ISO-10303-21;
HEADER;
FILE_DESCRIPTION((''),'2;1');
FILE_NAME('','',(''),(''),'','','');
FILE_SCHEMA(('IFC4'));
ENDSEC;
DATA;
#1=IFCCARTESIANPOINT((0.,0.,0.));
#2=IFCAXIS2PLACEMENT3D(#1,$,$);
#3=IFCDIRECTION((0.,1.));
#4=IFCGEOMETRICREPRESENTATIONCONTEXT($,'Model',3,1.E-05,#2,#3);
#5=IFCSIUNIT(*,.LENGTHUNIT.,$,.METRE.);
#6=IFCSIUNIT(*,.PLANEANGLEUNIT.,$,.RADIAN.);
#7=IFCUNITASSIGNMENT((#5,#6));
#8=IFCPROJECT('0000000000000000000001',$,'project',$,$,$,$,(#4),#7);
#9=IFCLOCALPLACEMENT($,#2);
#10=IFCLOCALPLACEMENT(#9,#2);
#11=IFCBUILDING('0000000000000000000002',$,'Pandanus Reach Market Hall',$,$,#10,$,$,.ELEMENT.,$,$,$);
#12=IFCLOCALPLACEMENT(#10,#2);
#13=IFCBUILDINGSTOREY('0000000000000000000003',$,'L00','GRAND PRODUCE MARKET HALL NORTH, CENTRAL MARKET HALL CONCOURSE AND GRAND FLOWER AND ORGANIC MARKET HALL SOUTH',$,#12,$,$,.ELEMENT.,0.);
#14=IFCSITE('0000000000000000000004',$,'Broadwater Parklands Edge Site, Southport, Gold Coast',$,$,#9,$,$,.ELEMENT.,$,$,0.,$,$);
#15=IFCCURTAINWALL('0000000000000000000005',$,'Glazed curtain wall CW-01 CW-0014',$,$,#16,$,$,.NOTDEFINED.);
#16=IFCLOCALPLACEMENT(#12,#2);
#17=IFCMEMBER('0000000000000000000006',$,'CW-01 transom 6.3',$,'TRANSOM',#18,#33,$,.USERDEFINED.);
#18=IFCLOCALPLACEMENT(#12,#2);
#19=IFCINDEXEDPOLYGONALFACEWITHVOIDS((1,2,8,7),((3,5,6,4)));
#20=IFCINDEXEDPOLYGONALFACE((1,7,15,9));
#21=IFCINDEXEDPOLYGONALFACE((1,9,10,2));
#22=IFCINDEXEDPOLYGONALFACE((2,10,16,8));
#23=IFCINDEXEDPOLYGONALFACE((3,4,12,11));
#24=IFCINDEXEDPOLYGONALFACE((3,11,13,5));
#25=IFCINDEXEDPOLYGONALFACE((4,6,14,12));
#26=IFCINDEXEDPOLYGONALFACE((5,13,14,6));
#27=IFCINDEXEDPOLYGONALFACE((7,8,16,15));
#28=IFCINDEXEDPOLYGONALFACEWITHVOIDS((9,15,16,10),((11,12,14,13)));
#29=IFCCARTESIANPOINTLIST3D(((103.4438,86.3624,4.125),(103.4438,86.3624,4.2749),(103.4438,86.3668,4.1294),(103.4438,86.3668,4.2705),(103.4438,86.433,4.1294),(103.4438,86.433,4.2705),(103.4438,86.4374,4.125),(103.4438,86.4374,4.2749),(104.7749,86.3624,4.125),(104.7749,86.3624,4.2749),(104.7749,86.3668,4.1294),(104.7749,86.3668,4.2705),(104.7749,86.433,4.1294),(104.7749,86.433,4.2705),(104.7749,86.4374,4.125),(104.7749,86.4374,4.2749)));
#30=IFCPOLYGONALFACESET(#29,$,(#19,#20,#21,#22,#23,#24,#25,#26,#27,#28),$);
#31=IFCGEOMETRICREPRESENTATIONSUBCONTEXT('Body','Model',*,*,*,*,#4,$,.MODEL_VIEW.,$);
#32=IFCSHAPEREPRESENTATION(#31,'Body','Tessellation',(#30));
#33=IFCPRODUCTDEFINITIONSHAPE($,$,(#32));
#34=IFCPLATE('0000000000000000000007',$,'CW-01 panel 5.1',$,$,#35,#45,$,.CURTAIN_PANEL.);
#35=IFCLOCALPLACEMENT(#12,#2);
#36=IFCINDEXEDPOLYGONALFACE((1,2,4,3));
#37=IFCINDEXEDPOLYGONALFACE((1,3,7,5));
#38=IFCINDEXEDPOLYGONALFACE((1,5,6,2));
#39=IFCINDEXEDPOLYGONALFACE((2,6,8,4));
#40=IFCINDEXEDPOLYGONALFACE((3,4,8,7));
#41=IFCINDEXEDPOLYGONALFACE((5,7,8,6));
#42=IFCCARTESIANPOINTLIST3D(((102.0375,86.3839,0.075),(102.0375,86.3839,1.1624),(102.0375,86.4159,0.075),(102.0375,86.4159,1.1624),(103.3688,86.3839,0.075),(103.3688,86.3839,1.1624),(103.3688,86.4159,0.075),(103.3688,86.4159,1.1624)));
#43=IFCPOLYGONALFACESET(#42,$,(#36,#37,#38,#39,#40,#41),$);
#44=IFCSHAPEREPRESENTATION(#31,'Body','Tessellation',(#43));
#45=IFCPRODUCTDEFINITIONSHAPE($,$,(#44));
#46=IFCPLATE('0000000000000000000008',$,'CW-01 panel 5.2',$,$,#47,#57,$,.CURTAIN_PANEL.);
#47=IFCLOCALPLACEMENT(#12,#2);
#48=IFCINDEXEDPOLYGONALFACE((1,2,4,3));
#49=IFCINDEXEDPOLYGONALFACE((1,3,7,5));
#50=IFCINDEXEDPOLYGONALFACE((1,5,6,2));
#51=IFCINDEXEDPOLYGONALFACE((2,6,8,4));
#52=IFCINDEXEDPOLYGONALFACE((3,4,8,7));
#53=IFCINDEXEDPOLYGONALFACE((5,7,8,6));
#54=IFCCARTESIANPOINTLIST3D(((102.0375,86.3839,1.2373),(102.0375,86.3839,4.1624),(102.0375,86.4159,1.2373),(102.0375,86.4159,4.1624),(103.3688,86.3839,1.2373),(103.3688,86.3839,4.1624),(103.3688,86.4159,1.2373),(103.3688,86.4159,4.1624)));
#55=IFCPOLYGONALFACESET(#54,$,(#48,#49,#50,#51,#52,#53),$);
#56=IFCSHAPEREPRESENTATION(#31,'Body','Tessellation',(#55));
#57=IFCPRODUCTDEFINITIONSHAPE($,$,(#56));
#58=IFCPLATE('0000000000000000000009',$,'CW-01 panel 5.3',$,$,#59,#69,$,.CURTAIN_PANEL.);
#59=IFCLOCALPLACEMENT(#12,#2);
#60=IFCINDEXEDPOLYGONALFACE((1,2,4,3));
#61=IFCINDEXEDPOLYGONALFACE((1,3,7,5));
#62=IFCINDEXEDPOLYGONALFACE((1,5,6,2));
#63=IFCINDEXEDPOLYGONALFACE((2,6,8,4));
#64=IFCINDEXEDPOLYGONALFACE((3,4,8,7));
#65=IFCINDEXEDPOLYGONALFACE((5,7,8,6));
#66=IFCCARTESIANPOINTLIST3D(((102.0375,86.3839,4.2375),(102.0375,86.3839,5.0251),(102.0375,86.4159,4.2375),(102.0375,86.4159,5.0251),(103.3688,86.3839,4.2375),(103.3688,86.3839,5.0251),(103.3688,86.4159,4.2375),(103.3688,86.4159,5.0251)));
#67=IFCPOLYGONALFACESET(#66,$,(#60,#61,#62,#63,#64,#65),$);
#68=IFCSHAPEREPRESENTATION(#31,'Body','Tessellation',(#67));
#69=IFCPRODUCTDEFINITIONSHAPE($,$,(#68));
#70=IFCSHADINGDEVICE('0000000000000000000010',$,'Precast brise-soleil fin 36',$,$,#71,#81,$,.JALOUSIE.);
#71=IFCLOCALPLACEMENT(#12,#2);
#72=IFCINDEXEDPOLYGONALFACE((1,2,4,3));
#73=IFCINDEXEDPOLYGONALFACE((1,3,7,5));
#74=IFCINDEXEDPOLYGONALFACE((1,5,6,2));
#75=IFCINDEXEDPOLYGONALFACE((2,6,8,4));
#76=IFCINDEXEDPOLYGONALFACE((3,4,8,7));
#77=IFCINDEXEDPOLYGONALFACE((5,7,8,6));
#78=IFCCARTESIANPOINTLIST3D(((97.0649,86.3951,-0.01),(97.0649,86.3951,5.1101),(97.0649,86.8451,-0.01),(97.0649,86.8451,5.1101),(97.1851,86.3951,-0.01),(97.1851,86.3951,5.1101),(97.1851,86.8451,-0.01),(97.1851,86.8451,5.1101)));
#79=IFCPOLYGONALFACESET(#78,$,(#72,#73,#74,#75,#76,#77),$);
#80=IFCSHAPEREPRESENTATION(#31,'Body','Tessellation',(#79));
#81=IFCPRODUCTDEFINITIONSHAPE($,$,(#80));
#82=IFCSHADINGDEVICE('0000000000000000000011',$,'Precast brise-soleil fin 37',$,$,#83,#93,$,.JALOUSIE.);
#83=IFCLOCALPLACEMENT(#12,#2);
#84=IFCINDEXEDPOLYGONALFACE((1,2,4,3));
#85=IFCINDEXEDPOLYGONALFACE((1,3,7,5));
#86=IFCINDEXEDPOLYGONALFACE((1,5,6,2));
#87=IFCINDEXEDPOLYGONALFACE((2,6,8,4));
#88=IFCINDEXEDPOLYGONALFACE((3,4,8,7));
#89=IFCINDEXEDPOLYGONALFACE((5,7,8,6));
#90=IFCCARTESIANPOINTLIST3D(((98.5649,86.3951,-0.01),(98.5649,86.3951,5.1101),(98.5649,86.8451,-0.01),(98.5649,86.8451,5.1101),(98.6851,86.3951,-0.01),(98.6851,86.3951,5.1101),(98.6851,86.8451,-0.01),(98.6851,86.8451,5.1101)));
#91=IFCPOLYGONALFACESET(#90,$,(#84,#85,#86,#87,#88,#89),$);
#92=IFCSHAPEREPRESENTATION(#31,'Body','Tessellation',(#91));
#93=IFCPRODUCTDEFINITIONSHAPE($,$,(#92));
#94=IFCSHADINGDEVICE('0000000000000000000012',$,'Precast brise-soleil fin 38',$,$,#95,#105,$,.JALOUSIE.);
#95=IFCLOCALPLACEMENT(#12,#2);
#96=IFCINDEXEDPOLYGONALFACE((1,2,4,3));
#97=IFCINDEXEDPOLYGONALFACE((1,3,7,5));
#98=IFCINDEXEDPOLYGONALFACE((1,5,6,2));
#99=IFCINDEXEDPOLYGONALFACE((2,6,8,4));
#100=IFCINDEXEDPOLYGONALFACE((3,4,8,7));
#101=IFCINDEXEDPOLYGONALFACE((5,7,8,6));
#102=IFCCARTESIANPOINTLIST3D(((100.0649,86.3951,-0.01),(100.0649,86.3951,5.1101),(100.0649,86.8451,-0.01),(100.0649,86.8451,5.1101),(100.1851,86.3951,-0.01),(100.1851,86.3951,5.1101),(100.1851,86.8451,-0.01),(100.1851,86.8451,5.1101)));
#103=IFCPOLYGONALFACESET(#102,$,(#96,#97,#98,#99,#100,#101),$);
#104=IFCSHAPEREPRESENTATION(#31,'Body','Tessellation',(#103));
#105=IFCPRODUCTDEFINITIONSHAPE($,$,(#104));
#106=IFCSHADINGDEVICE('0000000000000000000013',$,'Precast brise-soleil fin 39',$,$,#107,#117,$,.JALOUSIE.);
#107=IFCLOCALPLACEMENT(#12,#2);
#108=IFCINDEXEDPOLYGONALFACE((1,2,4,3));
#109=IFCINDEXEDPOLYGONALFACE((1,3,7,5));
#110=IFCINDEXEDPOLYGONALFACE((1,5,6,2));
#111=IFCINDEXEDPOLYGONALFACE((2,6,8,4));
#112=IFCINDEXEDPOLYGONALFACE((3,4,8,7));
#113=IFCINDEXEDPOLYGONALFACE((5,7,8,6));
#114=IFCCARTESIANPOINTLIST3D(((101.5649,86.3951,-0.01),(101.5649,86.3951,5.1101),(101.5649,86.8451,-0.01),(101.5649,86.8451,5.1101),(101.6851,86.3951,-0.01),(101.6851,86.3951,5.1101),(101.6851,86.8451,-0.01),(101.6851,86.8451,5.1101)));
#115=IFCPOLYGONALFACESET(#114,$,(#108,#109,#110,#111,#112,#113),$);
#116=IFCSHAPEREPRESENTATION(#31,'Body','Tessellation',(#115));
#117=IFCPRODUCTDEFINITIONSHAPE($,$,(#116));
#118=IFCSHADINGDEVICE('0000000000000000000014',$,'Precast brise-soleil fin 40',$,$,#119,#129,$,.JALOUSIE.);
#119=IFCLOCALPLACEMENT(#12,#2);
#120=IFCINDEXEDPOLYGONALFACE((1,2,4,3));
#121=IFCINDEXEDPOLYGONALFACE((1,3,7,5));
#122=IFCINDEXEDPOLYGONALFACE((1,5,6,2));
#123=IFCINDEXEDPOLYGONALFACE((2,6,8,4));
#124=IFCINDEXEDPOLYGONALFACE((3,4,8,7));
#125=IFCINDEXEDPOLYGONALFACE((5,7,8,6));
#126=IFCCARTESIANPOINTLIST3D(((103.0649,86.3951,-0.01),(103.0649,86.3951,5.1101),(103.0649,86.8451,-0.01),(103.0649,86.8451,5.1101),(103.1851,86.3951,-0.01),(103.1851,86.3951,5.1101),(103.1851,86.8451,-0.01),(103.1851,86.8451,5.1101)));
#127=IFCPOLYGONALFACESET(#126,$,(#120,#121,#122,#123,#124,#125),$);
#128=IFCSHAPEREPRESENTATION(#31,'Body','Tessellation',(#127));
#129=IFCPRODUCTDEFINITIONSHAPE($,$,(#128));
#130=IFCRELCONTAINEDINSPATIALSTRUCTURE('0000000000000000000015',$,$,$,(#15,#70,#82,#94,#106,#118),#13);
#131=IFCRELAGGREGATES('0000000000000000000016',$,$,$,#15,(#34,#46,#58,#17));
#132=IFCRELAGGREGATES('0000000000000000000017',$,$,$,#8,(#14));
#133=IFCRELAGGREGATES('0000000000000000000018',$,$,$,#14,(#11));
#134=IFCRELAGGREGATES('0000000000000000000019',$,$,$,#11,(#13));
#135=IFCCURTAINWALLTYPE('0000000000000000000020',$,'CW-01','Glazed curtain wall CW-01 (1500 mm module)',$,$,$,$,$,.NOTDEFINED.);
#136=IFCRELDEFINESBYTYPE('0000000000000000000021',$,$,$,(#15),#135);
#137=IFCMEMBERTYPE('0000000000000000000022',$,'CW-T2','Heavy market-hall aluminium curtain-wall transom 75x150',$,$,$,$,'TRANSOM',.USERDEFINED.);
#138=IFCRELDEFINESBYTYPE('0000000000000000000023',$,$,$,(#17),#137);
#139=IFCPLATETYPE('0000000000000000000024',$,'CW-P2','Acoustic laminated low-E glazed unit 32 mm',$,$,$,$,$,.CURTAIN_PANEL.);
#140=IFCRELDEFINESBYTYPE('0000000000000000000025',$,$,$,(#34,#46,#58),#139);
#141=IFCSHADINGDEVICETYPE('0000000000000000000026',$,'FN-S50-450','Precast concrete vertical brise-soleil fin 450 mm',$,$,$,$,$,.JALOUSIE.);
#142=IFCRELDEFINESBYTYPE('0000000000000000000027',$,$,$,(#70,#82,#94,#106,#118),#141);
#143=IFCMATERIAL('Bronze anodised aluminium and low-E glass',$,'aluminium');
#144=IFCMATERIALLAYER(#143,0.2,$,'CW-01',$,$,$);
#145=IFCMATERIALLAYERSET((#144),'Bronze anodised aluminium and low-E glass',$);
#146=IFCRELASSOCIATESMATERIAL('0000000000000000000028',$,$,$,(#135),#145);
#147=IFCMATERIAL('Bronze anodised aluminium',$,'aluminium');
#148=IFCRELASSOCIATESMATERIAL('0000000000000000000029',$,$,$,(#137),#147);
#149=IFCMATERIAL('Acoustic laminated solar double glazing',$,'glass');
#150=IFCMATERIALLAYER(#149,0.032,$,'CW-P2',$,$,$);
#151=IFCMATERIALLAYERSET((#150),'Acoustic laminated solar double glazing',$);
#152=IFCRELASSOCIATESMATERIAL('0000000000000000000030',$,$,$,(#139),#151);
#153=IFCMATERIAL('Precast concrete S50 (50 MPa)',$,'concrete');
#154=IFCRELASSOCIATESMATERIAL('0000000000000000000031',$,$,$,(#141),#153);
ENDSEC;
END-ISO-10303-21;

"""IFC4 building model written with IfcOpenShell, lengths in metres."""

from ifc_helpers import new_model, si_unit, direction, frame, origin, origin_2d, place, context, subcontext, project, spatial, rectangle, hollow_rectangle, extrude, material, layer, layer_set, material_profile, profile_set, type_object, element, aggregate, save


model = new_model("IFC4")

# Units and contexts
model_context = context("Model", 3, precision=1e-05, world=origin(), true_north=direction((0.0, 1.0)))
body_context = subcontext(model_context, "Body", "Model", "MODEL_VIEW")
ifc_project = project(units=[si_unit("LENGTHUNIT", "METRE"), si_unit("PLANEANGLEUNIT", "RADIAN")], contexts=[model_context])

# Site, building, storey
site_placement = place(None, origin())
site = spatial("IfcSite", under=ifc_project, at=site_placement, Name="Broadwater Parklands Edge Site, Southport, Gold Coast", CompositionType="ELEMENT", RefElevation=0.0)
building_placement = place(site_placement, origin())
building = spatial("IfcBuilding", under=site, at=building_placement, Name="Pandanus Reach Market Hall", CompositionType="ELEMENT")
storey_placement = place(building_placement, origin())
storey = spatial("IfcBuildingStorey", under=building, at=storey_placement, Name="L00", Description="GRAND PRODUCE MARKET HALL NORTH, CENTRAL MARKET HALL CONCOURSE AND GRAND FLOWER AND ORGANIC MARKET HALL SOUTH", CompositionType="ELEMENT", Elevation=0.0)

# Curtain wall, member, plates
ifc_material_1 = material(Name="Bronze anodised aluminium and low-E glass", Category="aluminium")
ifc_layer_1 = layer(ifc_material_1, 0.2, Name="CW-01")
ifc_layer_set_1 = layer_set([ifc_layer_1], Name="Bronze anodised aluminium and low-E glass")
curtain_wall_type = type_object("IfcCurtainWallType", Name="CW-01", Description="Glazed curtain wall CW-01 (1500 mm module)", PredefinedType="NOTDEFINED", material=ifc_layer_set_1)
curtain_wall_placement = place(storey_placement, origin())
curtain_wall = element("IfcCurtainWall", 1, at=curtain_wall_placement, inside=storey, type_object=curtain_wall_type, Name="Glazed curtain wall CW-01 CW-0014", PredefinedType="NOTDEFINED")
ifc_material_2 = material(Name="Bronze anodised aluminium", Category="aluminium")
ifc_material_profile_1 = material_profile(ifc_material_2, hollow_rectangle(XDim=0.075, YDim=0.1499, WallThickness=0.0044, at=origin_2d()), Name="ALU75x150", Category="LoadBearing")
ifc_profile_set_1 = profile_set([ifc_material_profile_1], Name="Bronze anodised aluminium")
member_type_1 = type_object("IfcMemberType", Name="CW-T2", Description="Heavy market-hall aluminium curtain-wall transom 75x150", ElementType="TRANSOM", PredefinedType="USERDEFINED", material=ifc_profile_set_1)
member_1_placement = place(storey_placement, frame((103.4438, 86.3999, 4.2), z_axis=(1.0, 0.0, 0.0), x_axis=(0.0, 1.0, 0.0)))
member_1 = element("IfcMember", 2, at=member_1_placement, type_object=member_type_1, Name="CW-01 transom 6.3", ObjectType="TRANSOM", PredefinedType="USERDEFINED", context=body_context, shape_type="SweptSolid", body=[
    extrude(hollow_rectangle(XDim=0.075, YDim=0.1499, WallThickness=0.0044, at=origin_2d()), origin(), (0.0, 0.0, 1.0), 1.3311),
])
ifc_material_3 = material(Name="Acoustic laminated solar double glazing", Category="glass")
ifc_layer_2 = layer(ifc_material_3, 0.032, Name="CW-P2")
ifc_layer_set_2 = layer_set([ifc_layer_2], Name="Acoustic laminated solar double glazing")
plate_type = type_object("IfcPlateType", Name="CW-P2", Description="Acoustic laminated low-E glazed unit 32 mm", PredefinedType="CURTAIN_PANEL", material=ifc_layer_set_2)
plate_1_placement = place(storey_placement, frame((102.7031, 86.3999, 0.075), z_axis=(0.0, 0.0, 1.0), x_axis=(1.0, 0.0, 0.0)))
plate_1 = element("IfcPlate", 3, at=plate_1_placement, type_object=plate_type, Name="CW-01 panel 5.1", PredefinedType="CURTAIN_PANEL", context=body_context, shape_type="SweptSolid", body=[
    extrude(rectangle(XDim=1.3313, YDim=0.032, at=origin_2d()), origin(), (0.0, 0.0, 1.0), 1.0874),
])
plate_2_placement = place(storey_placement, frame((102.7031, 86.3999, 1.2373), z_axis=(0.0, 0.0, 1.0), x_axis=(1.0, 0.0, 0.0)))
plate_2 = element("IfcPlate", 4, at=plate_2_placement, type_object=plate_type, Name="CW-01 panel 5.2", PredefinedType="CURTAIN_PANEL", context=body_context, shape_type="SweptSolid", body=[
    extrude(rectangle(XDim=1.3313, YDim=0.032, at=origin_2d()), origin(), (0.0, 0.0, 1.0), 2.925),
])
plate_3_placement = place(storey_placement, frame((102.7031, 86.3999, 4.2375), z_axis=(0.0, 0.0, 1.0), x_axis=(1.0, 0.0, 0.0)))
plate_3 = element("IfcPlate", 5, at=plate_3_placement, type_object=plate_type, Name="CW-01 panel 5.3", PredefinedType="CURTAIN_PANEL", context=body_context, shape_type="SweptSolid", body=[
    extrude(rectangle(XDim=1.3313, YDim=0.032, at=origin_2d()), origin(), (0.0, 0.0, 1.0), 0.7876),
])
aggregate(curtain_wall, [plate_1, plate_2, plate_3, member_1])

# Shading devices
ifc_material_4 = material(Name="Precast concrete S50 (50 MPa)", Category="concrete")
shading_device_type = type_object("IfcShadingDeviceType", Name="FN-S50-450", Description="Precast concrete vertical brise-soleil fin 450 mm", PredefinedType="JALOUSIE", material=ifc_material_4)
for number, where, z_axis, x_axis, name in (
    (6, (97.125, 86.6201, -0.01), (0.0, 0.0, 1.0), (0.0, 1.0, 0.0), "Precast brise-soleil fin 36"),
    (7, (98.625, 86.6201, -0.01), (0.0, 0.0, 1.0), (0.0, 1.0, 0.0), "Precast brise-soleil fin 37"),
    (8, (100.125, 86.6201, -0.01), (0.0, 0.0, 1.0), (0.0, 1.0, 0.0), "Precast brise-soleil fin 38"),
    (9, (101.625, 86.6201, -0.01), (0.0, 0.0, 1.0), (0.0, 1.0, 0.0), "Precast brise-soleil fin 39"),
    (10, (103.125, 86.6201, -0.01), (0.0, 0.0, 1.0), (0.0, 1.0, 0.0), "Precast brise-soleil fin 40"),
):
    element("IfcShadingDevice", number, at=place(storey_placement, frame(where, z_axis=z_axis, x_axis=x_axis)), inside=storey, type_object=shading_device_type, Name=name, PredefinedType="JALOUSIE", context=body_context, shape_type="SweptSolid", body=[
        extrude(rectangle(XDim=0.45, YDim=0.1201, at=origin_2d()), origin(), (0.0, 0.0, 1.0), 5.1201),
    ])

save(model, "model.ifc")
